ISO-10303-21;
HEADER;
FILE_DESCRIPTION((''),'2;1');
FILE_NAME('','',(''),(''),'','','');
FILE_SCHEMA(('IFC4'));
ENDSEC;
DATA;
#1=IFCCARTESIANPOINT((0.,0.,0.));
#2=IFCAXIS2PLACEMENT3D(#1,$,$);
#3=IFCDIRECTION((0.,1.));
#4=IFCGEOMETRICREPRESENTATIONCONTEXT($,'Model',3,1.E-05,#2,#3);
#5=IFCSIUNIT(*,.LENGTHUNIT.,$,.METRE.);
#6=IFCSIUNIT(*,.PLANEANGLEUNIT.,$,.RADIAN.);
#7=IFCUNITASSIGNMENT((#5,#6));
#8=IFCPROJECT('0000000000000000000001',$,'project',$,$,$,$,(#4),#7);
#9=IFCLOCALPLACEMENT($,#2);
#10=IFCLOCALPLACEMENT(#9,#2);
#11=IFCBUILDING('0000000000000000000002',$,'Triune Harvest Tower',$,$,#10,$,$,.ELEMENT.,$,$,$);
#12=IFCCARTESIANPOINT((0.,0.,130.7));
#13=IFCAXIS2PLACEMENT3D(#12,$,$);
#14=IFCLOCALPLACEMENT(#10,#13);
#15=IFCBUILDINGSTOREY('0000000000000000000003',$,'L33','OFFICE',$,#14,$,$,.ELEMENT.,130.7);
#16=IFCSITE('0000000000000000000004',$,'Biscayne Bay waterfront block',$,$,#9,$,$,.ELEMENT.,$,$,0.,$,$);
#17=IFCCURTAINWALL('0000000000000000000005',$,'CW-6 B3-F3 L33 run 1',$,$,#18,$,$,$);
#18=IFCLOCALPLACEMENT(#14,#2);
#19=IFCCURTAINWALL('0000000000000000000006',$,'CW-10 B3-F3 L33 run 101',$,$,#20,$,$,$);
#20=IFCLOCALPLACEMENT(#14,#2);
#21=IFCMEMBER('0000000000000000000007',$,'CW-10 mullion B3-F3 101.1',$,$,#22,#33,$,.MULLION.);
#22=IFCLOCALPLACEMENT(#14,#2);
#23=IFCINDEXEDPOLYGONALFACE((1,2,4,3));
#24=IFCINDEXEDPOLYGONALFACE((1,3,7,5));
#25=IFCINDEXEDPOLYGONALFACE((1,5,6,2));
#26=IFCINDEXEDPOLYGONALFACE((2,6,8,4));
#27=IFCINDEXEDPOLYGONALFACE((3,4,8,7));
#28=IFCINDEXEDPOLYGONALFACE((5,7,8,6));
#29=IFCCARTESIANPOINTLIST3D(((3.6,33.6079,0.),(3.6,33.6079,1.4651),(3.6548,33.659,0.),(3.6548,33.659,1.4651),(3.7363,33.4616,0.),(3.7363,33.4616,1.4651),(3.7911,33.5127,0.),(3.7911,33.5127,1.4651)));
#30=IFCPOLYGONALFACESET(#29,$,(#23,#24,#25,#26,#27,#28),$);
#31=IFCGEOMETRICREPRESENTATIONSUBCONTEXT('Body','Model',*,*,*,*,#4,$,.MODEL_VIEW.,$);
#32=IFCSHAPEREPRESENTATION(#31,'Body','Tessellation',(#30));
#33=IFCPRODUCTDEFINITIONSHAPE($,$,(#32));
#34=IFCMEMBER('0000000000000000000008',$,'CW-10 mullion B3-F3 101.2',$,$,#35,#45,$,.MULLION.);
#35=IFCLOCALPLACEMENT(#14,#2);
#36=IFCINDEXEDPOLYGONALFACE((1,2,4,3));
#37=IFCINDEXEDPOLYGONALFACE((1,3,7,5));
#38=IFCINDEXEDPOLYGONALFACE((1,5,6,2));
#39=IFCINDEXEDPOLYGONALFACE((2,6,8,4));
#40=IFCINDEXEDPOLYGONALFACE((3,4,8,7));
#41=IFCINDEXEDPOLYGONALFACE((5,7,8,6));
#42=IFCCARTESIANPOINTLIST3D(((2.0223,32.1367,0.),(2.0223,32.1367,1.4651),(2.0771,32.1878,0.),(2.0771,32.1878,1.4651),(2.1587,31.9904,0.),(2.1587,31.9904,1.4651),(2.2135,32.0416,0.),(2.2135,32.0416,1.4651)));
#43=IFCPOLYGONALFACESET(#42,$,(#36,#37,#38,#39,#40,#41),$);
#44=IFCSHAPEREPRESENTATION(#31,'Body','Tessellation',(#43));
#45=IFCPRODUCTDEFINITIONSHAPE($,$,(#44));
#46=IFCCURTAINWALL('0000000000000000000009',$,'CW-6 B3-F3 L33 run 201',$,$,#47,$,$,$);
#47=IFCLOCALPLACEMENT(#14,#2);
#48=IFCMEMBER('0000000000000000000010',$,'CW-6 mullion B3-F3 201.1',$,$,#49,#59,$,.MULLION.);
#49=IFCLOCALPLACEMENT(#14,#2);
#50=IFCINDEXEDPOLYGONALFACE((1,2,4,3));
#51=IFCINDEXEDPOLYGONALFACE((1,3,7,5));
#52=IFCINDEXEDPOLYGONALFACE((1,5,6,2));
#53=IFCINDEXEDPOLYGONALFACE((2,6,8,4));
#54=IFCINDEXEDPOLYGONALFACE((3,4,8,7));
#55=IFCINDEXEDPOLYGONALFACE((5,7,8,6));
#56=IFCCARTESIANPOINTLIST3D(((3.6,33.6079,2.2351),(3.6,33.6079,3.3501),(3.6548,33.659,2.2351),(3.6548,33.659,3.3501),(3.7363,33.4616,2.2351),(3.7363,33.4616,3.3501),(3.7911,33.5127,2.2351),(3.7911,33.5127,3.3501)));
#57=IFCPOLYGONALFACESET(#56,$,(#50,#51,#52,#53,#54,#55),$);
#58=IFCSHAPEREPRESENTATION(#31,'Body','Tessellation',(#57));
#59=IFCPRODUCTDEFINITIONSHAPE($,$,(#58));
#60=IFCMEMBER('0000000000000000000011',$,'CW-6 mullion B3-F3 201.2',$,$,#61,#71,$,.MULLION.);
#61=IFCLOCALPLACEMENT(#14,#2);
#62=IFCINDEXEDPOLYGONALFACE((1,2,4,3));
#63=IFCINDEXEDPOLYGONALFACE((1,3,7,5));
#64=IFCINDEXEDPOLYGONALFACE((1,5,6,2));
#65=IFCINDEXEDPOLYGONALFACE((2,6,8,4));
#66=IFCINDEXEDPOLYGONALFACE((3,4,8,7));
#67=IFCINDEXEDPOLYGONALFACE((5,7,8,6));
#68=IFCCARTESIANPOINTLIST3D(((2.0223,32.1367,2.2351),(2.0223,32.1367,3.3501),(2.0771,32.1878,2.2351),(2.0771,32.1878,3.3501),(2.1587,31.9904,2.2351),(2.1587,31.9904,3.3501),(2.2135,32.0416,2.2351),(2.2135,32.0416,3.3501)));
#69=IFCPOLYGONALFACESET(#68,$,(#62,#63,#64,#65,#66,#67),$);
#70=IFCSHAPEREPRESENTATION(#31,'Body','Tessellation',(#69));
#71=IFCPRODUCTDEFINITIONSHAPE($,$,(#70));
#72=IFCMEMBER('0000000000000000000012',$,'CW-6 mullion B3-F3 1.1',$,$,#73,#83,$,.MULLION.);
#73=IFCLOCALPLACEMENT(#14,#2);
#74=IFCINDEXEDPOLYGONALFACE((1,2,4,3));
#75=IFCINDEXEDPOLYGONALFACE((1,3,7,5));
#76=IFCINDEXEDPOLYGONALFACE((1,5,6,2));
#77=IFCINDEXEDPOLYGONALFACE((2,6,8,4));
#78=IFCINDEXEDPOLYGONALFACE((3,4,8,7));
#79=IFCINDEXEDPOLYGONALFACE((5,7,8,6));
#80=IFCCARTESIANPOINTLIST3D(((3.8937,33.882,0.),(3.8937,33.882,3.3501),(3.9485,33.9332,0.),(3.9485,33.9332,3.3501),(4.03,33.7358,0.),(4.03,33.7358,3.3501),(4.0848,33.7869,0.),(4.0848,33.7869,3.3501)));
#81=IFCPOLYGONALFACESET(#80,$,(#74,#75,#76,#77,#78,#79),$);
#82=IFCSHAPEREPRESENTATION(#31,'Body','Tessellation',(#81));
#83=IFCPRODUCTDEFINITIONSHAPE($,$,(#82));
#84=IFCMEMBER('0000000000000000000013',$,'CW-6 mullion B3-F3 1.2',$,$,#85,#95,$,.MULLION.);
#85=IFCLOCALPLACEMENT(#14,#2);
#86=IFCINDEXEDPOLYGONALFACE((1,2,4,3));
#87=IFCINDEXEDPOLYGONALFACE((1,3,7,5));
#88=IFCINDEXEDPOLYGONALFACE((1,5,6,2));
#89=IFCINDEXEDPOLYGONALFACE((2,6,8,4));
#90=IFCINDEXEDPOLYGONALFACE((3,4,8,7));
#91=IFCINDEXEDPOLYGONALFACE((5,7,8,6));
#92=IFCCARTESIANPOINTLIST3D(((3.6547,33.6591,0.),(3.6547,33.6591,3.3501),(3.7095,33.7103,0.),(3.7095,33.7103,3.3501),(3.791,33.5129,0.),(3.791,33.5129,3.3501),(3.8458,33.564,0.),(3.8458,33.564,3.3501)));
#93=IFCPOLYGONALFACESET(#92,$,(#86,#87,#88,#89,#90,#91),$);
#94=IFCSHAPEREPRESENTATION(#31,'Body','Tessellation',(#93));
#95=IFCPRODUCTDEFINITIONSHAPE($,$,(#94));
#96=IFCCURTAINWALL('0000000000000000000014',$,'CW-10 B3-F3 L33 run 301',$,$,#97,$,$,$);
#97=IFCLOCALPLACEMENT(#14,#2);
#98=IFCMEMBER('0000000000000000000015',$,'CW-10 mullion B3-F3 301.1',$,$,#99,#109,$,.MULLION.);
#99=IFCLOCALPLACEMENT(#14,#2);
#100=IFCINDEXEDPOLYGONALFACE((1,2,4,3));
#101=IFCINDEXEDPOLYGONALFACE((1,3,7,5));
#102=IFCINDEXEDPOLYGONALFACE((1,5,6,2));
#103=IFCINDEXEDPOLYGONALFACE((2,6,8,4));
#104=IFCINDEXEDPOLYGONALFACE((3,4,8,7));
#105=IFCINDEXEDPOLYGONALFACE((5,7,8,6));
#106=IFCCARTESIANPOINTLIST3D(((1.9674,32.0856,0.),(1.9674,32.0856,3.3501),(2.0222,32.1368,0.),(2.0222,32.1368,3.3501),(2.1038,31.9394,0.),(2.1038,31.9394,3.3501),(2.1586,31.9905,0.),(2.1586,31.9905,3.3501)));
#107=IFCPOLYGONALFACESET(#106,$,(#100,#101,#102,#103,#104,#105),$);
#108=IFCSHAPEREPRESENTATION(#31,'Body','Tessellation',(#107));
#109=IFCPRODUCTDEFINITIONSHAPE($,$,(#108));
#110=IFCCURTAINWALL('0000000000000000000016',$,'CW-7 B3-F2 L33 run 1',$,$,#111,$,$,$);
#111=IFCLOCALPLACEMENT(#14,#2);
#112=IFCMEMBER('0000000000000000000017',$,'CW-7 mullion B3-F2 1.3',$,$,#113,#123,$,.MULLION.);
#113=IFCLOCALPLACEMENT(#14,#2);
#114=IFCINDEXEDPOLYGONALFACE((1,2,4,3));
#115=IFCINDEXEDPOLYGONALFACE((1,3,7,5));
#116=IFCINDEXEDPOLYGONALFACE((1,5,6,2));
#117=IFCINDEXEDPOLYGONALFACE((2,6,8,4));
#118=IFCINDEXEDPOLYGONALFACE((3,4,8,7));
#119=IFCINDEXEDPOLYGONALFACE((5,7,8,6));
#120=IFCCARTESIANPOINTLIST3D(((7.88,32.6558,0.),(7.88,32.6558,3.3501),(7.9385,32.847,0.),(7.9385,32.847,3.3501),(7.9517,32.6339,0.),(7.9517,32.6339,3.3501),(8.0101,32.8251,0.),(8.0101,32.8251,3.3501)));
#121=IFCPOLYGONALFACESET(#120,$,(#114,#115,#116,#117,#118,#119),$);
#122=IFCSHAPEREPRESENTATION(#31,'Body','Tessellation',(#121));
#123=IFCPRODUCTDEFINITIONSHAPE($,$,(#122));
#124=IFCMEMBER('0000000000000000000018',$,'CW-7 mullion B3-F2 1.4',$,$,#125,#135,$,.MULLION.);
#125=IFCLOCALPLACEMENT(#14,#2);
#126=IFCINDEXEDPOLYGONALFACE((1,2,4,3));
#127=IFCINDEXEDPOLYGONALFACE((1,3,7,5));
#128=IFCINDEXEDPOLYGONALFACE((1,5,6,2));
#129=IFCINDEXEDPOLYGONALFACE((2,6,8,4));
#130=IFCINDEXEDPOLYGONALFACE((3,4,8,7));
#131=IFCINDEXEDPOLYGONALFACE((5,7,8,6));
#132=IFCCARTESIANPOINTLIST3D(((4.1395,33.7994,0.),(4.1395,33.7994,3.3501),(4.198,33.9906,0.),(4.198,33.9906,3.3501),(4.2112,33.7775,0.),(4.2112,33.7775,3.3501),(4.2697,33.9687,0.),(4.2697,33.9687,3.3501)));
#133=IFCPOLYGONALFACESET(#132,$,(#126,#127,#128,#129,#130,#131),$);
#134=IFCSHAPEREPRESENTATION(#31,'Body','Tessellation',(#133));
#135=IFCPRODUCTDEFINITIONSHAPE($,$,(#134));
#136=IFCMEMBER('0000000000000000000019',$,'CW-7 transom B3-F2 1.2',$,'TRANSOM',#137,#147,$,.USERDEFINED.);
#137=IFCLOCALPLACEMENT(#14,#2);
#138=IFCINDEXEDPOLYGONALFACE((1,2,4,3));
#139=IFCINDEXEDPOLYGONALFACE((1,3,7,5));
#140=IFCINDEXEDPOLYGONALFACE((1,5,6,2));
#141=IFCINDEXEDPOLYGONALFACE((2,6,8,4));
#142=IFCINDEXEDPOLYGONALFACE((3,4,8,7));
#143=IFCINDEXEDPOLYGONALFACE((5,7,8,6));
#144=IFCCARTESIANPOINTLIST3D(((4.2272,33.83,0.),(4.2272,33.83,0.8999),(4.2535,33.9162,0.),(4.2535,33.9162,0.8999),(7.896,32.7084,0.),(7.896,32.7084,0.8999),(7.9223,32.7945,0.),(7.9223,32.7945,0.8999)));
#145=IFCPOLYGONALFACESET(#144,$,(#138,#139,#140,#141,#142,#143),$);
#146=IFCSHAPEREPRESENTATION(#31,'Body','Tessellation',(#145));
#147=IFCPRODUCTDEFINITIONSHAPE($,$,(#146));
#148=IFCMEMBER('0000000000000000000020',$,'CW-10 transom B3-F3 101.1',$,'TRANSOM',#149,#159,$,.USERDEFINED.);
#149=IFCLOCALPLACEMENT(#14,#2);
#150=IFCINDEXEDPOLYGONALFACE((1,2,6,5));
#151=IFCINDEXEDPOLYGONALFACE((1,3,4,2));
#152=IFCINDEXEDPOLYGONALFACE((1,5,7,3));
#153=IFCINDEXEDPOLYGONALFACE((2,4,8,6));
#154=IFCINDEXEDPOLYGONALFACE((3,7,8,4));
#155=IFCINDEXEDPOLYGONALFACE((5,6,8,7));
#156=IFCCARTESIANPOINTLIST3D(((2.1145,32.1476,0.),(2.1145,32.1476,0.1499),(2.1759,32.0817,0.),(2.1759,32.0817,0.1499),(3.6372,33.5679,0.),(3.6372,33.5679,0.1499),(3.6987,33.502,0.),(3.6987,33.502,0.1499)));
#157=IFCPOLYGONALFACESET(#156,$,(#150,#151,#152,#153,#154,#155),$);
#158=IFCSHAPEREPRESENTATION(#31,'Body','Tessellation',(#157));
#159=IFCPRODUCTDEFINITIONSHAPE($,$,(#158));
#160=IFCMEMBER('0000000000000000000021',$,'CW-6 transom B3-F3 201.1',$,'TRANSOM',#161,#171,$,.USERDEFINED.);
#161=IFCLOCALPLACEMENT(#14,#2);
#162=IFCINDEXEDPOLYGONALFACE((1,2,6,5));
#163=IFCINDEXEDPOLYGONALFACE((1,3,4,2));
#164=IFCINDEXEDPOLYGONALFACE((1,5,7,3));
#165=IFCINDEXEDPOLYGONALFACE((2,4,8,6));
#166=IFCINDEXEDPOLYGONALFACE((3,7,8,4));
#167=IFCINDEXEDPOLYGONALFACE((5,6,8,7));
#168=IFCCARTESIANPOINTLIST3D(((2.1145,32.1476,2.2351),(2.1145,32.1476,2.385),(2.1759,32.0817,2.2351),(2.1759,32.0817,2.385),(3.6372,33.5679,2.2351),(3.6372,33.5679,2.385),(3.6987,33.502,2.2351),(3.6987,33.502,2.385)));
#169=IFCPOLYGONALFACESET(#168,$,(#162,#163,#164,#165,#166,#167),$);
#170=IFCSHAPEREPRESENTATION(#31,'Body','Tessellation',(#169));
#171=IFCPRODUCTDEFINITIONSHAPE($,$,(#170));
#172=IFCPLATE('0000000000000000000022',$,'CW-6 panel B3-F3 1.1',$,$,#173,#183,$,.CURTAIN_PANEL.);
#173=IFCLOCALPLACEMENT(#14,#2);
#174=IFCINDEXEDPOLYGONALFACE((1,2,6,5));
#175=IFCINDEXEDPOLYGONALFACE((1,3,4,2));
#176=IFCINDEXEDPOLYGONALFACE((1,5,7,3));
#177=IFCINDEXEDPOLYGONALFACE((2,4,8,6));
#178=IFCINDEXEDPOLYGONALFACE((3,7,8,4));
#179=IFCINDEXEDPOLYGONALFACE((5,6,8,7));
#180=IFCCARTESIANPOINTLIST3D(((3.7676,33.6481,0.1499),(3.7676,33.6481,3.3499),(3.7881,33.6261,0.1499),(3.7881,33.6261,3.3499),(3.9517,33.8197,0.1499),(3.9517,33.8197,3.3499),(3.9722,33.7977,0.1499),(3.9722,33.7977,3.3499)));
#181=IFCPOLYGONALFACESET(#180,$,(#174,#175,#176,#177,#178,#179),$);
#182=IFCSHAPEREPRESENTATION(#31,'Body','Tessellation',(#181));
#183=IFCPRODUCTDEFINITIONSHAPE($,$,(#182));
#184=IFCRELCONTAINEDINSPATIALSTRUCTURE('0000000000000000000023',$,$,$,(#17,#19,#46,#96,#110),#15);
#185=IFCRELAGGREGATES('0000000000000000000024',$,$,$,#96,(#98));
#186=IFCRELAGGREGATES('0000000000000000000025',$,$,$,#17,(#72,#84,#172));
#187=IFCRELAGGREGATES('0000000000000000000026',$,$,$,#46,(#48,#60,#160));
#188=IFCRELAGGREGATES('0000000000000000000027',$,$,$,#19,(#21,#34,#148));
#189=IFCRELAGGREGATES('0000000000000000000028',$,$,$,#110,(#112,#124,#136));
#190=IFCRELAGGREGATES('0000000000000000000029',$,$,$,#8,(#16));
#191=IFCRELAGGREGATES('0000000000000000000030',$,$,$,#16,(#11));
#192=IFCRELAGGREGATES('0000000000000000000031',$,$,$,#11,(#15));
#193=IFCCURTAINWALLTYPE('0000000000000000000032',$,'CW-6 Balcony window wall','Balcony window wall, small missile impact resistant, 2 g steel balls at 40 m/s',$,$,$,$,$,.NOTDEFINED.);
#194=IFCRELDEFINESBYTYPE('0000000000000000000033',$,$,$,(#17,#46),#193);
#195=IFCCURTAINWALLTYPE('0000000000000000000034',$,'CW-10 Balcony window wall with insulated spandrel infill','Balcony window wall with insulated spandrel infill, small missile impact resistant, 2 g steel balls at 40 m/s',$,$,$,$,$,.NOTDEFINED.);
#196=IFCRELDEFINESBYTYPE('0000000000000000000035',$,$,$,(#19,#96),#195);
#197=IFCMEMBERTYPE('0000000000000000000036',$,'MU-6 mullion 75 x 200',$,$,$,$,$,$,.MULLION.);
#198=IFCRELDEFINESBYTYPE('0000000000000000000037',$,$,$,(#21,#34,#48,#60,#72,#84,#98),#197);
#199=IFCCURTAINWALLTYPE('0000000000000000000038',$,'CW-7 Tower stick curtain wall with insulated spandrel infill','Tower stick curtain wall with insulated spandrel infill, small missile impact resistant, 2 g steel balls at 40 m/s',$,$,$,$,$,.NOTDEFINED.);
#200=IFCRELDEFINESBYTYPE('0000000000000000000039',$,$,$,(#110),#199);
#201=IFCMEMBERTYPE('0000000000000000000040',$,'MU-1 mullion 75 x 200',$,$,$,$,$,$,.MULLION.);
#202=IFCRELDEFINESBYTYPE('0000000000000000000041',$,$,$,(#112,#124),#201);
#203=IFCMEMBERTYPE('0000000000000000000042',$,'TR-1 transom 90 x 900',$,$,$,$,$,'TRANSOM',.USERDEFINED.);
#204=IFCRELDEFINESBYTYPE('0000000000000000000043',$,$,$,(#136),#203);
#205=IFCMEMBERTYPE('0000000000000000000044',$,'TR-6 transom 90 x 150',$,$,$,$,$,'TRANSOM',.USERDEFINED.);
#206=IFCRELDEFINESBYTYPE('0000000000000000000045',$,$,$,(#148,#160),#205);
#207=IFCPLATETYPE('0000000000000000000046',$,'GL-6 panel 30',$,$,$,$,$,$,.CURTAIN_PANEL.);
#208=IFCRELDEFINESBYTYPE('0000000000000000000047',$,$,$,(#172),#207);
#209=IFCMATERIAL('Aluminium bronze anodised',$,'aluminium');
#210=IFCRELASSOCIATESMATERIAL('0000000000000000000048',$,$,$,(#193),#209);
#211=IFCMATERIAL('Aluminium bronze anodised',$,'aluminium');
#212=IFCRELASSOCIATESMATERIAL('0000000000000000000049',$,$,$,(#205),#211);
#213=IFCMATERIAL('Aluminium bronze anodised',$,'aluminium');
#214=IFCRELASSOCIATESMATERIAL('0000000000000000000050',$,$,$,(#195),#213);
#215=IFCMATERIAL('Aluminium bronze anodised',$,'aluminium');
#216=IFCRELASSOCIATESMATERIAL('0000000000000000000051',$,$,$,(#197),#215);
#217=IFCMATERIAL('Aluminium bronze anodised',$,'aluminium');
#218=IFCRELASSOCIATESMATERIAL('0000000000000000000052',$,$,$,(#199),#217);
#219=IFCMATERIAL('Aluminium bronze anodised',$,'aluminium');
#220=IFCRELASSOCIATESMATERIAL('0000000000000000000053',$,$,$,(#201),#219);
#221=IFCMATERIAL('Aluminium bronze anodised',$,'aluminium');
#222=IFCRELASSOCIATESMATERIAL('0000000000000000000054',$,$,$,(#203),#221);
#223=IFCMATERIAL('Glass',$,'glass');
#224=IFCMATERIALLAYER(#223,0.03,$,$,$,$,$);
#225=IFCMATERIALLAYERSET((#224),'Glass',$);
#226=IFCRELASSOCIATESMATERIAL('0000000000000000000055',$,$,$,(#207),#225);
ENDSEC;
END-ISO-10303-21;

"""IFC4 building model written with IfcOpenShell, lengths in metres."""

from ifc_helpers import new_model, si_unit, direction, frame, origin, origin_2d, place, context, subcontext, project, spatial, rectangle, extrude, source, transform, mapped, material, layer, layer_set, material_profile, profile_set, type_object, element, aggregate, save


model = new_model("IFC4")

# Units and contexts
model_context = context("Model", 3, precision=1e-05, world=origin(), true_north=direction((0.0, 1.0)))
body_context = subcontext(model_context, "Body", "Model", "MODEL_VIEW")
ifc_project = project(units=[si_unit("LENGTHUNIT", "METRE"), si_unit("PLANEANGLEUNIT", "RADIAN")], contexts=[model_context])

# Site, building, storey
site_placement = place(None, origin())
site = spatial("IfcSite", under=ifc_project, at=site_placement, Name="Biscayne Bay waterfront block", CompositionType="ELEMENT", RefElevation=0.0)
building_placement = place(site_placement, origin())
building = spatial("IfcBuilding", under=site, at=building_placement, Name="Triune Harvest Tower", CompositionType="ELEMENT")
storey_placement = place(building_placement, frame((0.0, 0.0, 130.7)))
storey = spatial("IfcBuildingStorey", under=building, at=storey_placement, Name="L33", Description="OFFICE", CompositionType="ELEMENT", Elevation=130.7)

# Curtain wall
ifc_material_1 = material(Name="Aluminium bronze anodised", Category="aluminium")
curtain_wall_type_1 = type_object("IfcCurtainWallType", Name="CW-6 Balcony window wall", Description="Balcony window wall, small missile impact resistant, 2 g steel balls at 40 m/s", PredefinedType="NOTDEFINED", material=ifc_material_1)
curtain_wall_1_placement = place(storey_placement, origin())
curtain_wall_1 = element("IfcCurtainWall", 1, at=curtain_wall_1_placement, inside=storey, type_object=curtain_wall_type_1, Name="CW-6 B3-F3 L33 run 1")
ifc_material_2 = material(Name="Aluminium bronze anodised", Category="aluminium")
ifc_material_profile_1 = material_profile(ifc_material_2, rectangle(XDim=0.0901, YDim=0.1499, at=origin_2d()), Name="TR-6 transom 90 x 150")
ifc_profile_set_1 = profile_set([ifc_material_profile_1], Name="Aluminium bronze anodised")
member_type_1 = type_object("IfcMemberType", Name="TR-6 transom 90 x 150", ElementType="TRANSOM", PredefinedType="USERDEFINED", material=ifc_profile_set_1)

# Curtain walls, members
ifc_material_3 = material(Name="Aluminium bronze anodised", Category="aluminium")
curtain_wall_type_2 = type_object("IfcCurtainWallType", Name="CW-10 Balcony window wall with insulated spandrel infill", Description="Balcony window wall with insulated spandrel infill, small missile impact resistant, 2 g steel balls at 40 m/s", PredefinedType="NOTDEFINED", material=ifc_material_3)
curtain_wall_2_placement = place(storey_placement, origin())
curtain_wall_2 = element("IfcCurtainWall", 2, at=curtain_wall_2_placement, inside=storey, type_object=curtain_wall_type_2, Name="CW-10 B3-F3 L33 run 101")
ifc_material_4 = material(Name="Aluminium bronze anodised", Category="aluminium")
ifc_material_profile_2 = material_profile(ifc_material_4, rectangle(XDim=0.2, YDim=0.075, at=origin_2d()), Name="MU-6 mullion 75 x 200")
ifc_profile_set_2 = profile_set([ifc_material_profile_2], Name="Aluminium bronze anodised")
member_type_2 = type_object("IfcMemberType", Name="MU-6 mullion 75 x 200", PredefinedType="MULLION", material=ifc_profile_set_2)
shared_shape_1 = source(origin(), body_context, "Body", "SweptSolid", [
    extrude(rectangle(XDim=0.2, YDim=0.075, at=origin_2d()), origin(), (0.0, 0.0, 1.0), 1.4651),
])
member_1_placement = place(storey_placement, frame((3.6956, 33.5603, 0.0), z_axis=(0.0, 0.0, 1.0), x_axis=(0.682015, -0.731338, 0.0)))
member_1 = element("IfcMember", 3, at=member_1_placement, type_object=member_type_2, Name="CW-10 mullion B3-F3 101.1", PredefinedType="MULLION", context=body_context, shape_type="MappedRepresentation", body=[
    mapped(shared_shape_1, transform((0.0, 0.0, 0.0), scale=1.0)),
])
member_2_placement = place(storey_placement, frame((2.1179, 32.0891, 0.0), z_axis=(0.0, 0.0, 1.0), x_axis=(0.682015, -0.731338, 0.0)))
member_2 = element("IfcMember", 4, at=member_2_placement, type_object=member_type_2, Name="CW-10 mullion B3-F3 101.2", PredefinedType="MULLION", context=body_context, shape_type="MappedRepresentation", body=[
    mapped(shared_shape_1, transform((0.0, 0.0, 0.0), scale=1.0)),
])
curtain_wall_3_placement = place(storey_placement, origin())
curtain_wall_3 = element("IfcCurtainWall", 5, at=curtain_wall_3_placement, inside=storey, type_object=curtain_wall_type_1, Name="CW-6 B3-F3 L33 run 201")
shared_shape_2 = source(origin(), body_context, "Body", "SweptSolid", [
    extrude(rectangle(XDim=0.2, YDim=0.075, at=origin_2d()), origin(), (0.0, 0.0, 1.0), 1.115),
])
member_3_placement = place(storey_placement, frame((3.6956, 33.5603, 2.2351), z_axis=(0.0, 0.0, 1.0), x_axis=(0.682015, -0.731338, 0.0)))
member_3 = element("IfcMember", 6, at=member_3_placement, type_object=member_type_2, Name="CW-6 mullion B3-F3 201.1", PredefinedType="MULLION", context=body_context, shape_type="MappedRepresentation", body=[
    mapped(shared_shape_2, transform((0.0, 0.0, 0.0), scale=1.0)),
])
member_4_placement = place(storey_placement, frame((2.1179, 32.0891, 2.2351), z_axis=(0.0, 0.0, 1.0), x_axis=(0.682015, -0.731338, 0.0)))
member_4 = element("IfcMember", 7, at=member_4_placement, type_object=member_type_2, Name="CW-6 mullion B3-F3 201.2", PredefinedType="MULLION", context=body_context, shape_type="MappedRepresentation", body=[
    mapped(shared_shape_2, transform((0.0, 0.0, 0.0), scale=1.0)),
])

# Members
shared_shape_3 = source(origin(), body_context, "Body", "SweptSolid", [
    extrude(rectangle(XDim=0.2, YDim=0.075, at=origin_2d()), origin(), (0.0, 0.0, 1.0), 3.3501),
])
member_5_placement = place(storey_placement, frame((3.9893, 33.8345, 0.0), z_axis=(0.0, 0.0, 1.0), x_axis=(0.68191, -0.731436, 0.0)))
member_5 = element("IfcMember", 8, at=member_5_placement, type_object=member_type_2, Name="CW-6 mullion B3-F3 1.1", PredefinedType="MULLION", context=body_context, shape_type="MappedRepresentation", body=[
    mapped(shared_shape_3, transform((0.0, 0.0, 0.0), scale=1.0)),
])
member_6_placement = place(storey_placement, frame((3.7502, 33.6116, 0.0), z_axis=(0.0, 0.0, 1.0), x_axis=(0.68191, -0.731436, 0.0)))
member_6 = element("IfcMember", 9, at=member_6_placement, type_object=member_type_2, Name="CW-6 mullion B3-F3 1.2", PredefinedType="MULLION", context=body_context, shape_type="MappedRepresentation", body=[
    mapped(shared_shape_3, transform((0.0, 0.0, 0.0), scale=1.0)),
])

# Curtain wall, member
curtain_wall_4_placement = place(storey_placement, origin())
curtain_wall_4 = element("IfcCurtainWall", 10, at=curtain_wall_4_placement, inside=storey, type_object=curtain_wall_type_2, Name="CW-10 B3-F3 L33 run 301")
member_7_placement = place(storey_placement, frame((2.063, 32.0381, 0.0), z_axis=(0.0, 0.0, 1.0), x_axis=(0.681997, -0.731355, 0.0)))
member_7 = element("IfcMember", 11, at=member_7_placement, type_object=member_type_2, Name="CW-10 mullion B3-F3 301.1", PredefinedType="MULLION", context=body_context, shape_type="MappedRepresentation", body=[
    mapped(shared_shape_3, transform((0.0, 0.0, 0.0), scale=1.0)),
])
aggregate(curtain_wall_4, [member_7])

# Curtain wall, members
ifc_material_5 = material(Name="Aluminium bronze anodised", Category="aluminium")
curtain_wall_type_3 = type_object("IfcCurtainWallType", Name="CW-7 Tower stick curtain wall with insulated spandrel infill", Description="Tower stick curtain wall with insulated spandrel infill, small missile impact resistant, 2 g steel balls at 40 m/s", PredefinedType="NOTDEFINED", material=ifc_material_5)
curtain_wall_5_placement = place(storey_placement, origin())
curtain_wall_5 = element("IfcCurtainWall", 12, at=curtain_wall_5_placement, inside=storey, type_object=curtain_wall_type_3, Name="CW-7 B3-F2 L33 run 1")
ifc_material_6 = material(Name="Aluminium bronze anodised", Category="aluminium")
ifc_material_profile_3 = material_profile(ifc_material_6, rectangle(XDim=0.2, YDim=0.075, at=origin_2d()), Name="MU-1 mullion 75 x 200")
ifc_profile_set_3 = profile_set([ifc_material_profile_3], Name="Aluminium bronze anodised")
member_type_3 = type_object("IfcMemberType", Name="MU-1 mullion 75 x 200", PredefinedType="MULLION", material=ifc_profile_set_3)
shared_shape_4 = source(origin(), body_context, "Body", "SweptSolid", [
    extrude(rectangle(XDim=0.2, YDim=0.075, at=origin_2d()), origin(), (0.0, 0.0, 1.0), 3.3501),
])
member_8_placement = place(storey_placement, frame((7.9451, 32.7405, 0.0), z_axis=(0.0, 0.0, 1.0), x_axis=(-0.292377, -0.956303, 0.0)))
member_8 = element("IfcMember", 13, at=member_8_placement, type_object=member_type_3, Name="CW-7 mullion B3-F2 1.3", PredefinedType="MULLION", context=body_context, shape_type="MappedRepresentation", body=[
    mapped(shared_shape_4, transform((0.0, 0.0, 0.0), scale=1.0)),
])
member_9_placement = place(storey_placement, frame((4.2046, 33.884, 0.0), z_axis=(0.0, 0.0, 1.0), x_axis=(-0.292377, -0.956303, 0.0)))
member_9 = element("IfcMember", 14, at=member_9_placement, type_object=member_type_3, Name="CW-7 mullion B3-F2 1.4", PredefinedType="MULLION", context=body_context, shape_type="MappedRepresentation", body=[
    mapped(shared_shape_4, transform((0.0, 0.0, 0.0), scale=1.0)),
])
ifc_material_7 = material(Name="Aluminium bronze anodised", Category="aluminium")
ifc_material_profile_4 = material_profile(ifc_material_7, rectangle(XDim=0.0901, YDim=0.8999, at=origin_2d()), Name="TR-1 transom 90 x 900")
ifc_profile_set_4 = profile_set([ifc_material_profile_4], Name="Aluminium bronze anodised")
member_type_4 = type_object("IfcMemberType", Name="TR-1 transom 90 x 900", ElementType="TRANSOM", PredefinedType="USERDEFINED", material=ifc_profile_set_4)
shared_shape_5 = source(origin(), body_context, "Body", "SweptSolid", [
    extrude(rectangle(XDim=0.0901, YDim=0.8999, at=origin_2d()), origin(), (0.0, 0.0, 1.0), 3.8364),
])
member_10_placement = place(storey_placement, frame((7.9092, 32.7515, 0.45), z_axis=(-0.956309, 0.292359, 0.0), x_axis=(-0.292359, -0.956309, 0.0)))
member_10 = element("IfcMember", 15, at=member_10_placement, type_object=member_type_4, Name="CW-7 transom B3-F2 1.2", ObjectType="TRANSOM", PredefinedType="USERDEFINED", context=body_context, shape_type="MappedRepresentation", body=[
    mapped(shared_shape_5, transform((0.0, 0.0, 0.0), scale=1.0)),
])

# Members
shared_shape_6 = source(origin(), body_context, "Body", "SweptSolid", [
    extrude(rectangle(XDim=0.0901, YDim=0.1499, at=origin_2d()), origin(), (0.0, 0.0, 1.0), 2.0823),
])
member_11_placement = place(storey_placement, frame((3.668, 33.5349, 0.075), z_axis=(-0.731301, -0.682055, 0.0), x_axis=(0.682055, -0.731301, 0.0)))
member_11 = element("IfcMember", 16, at=member_11_placement, type_object=member_type_1, Name="CW-10 transom B3-F3 101.1", ObjectType="TRANSOM", PredefinedType="USERDEFINED", context=body_context, shape_type="MappedRepresentation", body=[
    mapped(shared_shape_6, transform((0.0, 0.0, 0.0), scale=1.0)),
])
member_12_placement = place(storey_placement, frame((3.668, 33.5349, 2.3101), z_axis=(-0.731301, -0.682055, 0.0), x_axis=(0.682055, -0.731301, 0.0)))
member_12 = element("IfcMember", 17, at=member_12_placement, type_object=member_type_1, Name="CW-6 transom B3-F3 201.1", ObjectType="TRANSOM", PredefinedType="USERDEFINED", context=body_context, shape_type="MappedRepresentation", body=[
    mapped(shared_shape_6, transform((0.0, 0.0, 0.0), scale=1.0)),
])

# Plate
ifc_material_8 = material(Name="Glass", Category="glass")
ifc_layer_1 = layer(ifc_material_8, 0.03)
ifc_layer_set_1 = layer_set([ifc_layer_1], Name="Glass")
plate_type_1 = type_object("IfcPlateType", Name="GL-6 panel 30", PredefinedType="CURTAIN_PANEL", material=ifc_layer_set_1)
plate_1_placement = place(storey_placement, frame((3.8699, 33.7229, 0.1499), z_axis=(0.0, 0.0, 1.0), x_axis=(-0.731436, -0.68191, 0.0)))
plate_1 = element("IfcPlate", 18, at=plate_1_placement, type_object=plate_type_1, Name="CW-6 panel B3-F3 1.1", PredefinedType="CURTAIN_PANEL", context=body_context, shape_type="SweptSolid", body=[
    extrude(rectangle(XDim=0.2517, YDim=0.03, at=origin_2d()), origin(), (0.0, 0.0, 1.0), 3.2),
])
aggregate(curtain_wall_1, [member_5, member_6, plate_1])
aggregate(curtain_wall_3, [member_3, member_4, member_12])
aggregate(curtain_wall_2, [member_1, member_2, member_11])
aggregate(curtain_wall_5, [member_8, member_9, member_10])

save(model, "model.ifc")
